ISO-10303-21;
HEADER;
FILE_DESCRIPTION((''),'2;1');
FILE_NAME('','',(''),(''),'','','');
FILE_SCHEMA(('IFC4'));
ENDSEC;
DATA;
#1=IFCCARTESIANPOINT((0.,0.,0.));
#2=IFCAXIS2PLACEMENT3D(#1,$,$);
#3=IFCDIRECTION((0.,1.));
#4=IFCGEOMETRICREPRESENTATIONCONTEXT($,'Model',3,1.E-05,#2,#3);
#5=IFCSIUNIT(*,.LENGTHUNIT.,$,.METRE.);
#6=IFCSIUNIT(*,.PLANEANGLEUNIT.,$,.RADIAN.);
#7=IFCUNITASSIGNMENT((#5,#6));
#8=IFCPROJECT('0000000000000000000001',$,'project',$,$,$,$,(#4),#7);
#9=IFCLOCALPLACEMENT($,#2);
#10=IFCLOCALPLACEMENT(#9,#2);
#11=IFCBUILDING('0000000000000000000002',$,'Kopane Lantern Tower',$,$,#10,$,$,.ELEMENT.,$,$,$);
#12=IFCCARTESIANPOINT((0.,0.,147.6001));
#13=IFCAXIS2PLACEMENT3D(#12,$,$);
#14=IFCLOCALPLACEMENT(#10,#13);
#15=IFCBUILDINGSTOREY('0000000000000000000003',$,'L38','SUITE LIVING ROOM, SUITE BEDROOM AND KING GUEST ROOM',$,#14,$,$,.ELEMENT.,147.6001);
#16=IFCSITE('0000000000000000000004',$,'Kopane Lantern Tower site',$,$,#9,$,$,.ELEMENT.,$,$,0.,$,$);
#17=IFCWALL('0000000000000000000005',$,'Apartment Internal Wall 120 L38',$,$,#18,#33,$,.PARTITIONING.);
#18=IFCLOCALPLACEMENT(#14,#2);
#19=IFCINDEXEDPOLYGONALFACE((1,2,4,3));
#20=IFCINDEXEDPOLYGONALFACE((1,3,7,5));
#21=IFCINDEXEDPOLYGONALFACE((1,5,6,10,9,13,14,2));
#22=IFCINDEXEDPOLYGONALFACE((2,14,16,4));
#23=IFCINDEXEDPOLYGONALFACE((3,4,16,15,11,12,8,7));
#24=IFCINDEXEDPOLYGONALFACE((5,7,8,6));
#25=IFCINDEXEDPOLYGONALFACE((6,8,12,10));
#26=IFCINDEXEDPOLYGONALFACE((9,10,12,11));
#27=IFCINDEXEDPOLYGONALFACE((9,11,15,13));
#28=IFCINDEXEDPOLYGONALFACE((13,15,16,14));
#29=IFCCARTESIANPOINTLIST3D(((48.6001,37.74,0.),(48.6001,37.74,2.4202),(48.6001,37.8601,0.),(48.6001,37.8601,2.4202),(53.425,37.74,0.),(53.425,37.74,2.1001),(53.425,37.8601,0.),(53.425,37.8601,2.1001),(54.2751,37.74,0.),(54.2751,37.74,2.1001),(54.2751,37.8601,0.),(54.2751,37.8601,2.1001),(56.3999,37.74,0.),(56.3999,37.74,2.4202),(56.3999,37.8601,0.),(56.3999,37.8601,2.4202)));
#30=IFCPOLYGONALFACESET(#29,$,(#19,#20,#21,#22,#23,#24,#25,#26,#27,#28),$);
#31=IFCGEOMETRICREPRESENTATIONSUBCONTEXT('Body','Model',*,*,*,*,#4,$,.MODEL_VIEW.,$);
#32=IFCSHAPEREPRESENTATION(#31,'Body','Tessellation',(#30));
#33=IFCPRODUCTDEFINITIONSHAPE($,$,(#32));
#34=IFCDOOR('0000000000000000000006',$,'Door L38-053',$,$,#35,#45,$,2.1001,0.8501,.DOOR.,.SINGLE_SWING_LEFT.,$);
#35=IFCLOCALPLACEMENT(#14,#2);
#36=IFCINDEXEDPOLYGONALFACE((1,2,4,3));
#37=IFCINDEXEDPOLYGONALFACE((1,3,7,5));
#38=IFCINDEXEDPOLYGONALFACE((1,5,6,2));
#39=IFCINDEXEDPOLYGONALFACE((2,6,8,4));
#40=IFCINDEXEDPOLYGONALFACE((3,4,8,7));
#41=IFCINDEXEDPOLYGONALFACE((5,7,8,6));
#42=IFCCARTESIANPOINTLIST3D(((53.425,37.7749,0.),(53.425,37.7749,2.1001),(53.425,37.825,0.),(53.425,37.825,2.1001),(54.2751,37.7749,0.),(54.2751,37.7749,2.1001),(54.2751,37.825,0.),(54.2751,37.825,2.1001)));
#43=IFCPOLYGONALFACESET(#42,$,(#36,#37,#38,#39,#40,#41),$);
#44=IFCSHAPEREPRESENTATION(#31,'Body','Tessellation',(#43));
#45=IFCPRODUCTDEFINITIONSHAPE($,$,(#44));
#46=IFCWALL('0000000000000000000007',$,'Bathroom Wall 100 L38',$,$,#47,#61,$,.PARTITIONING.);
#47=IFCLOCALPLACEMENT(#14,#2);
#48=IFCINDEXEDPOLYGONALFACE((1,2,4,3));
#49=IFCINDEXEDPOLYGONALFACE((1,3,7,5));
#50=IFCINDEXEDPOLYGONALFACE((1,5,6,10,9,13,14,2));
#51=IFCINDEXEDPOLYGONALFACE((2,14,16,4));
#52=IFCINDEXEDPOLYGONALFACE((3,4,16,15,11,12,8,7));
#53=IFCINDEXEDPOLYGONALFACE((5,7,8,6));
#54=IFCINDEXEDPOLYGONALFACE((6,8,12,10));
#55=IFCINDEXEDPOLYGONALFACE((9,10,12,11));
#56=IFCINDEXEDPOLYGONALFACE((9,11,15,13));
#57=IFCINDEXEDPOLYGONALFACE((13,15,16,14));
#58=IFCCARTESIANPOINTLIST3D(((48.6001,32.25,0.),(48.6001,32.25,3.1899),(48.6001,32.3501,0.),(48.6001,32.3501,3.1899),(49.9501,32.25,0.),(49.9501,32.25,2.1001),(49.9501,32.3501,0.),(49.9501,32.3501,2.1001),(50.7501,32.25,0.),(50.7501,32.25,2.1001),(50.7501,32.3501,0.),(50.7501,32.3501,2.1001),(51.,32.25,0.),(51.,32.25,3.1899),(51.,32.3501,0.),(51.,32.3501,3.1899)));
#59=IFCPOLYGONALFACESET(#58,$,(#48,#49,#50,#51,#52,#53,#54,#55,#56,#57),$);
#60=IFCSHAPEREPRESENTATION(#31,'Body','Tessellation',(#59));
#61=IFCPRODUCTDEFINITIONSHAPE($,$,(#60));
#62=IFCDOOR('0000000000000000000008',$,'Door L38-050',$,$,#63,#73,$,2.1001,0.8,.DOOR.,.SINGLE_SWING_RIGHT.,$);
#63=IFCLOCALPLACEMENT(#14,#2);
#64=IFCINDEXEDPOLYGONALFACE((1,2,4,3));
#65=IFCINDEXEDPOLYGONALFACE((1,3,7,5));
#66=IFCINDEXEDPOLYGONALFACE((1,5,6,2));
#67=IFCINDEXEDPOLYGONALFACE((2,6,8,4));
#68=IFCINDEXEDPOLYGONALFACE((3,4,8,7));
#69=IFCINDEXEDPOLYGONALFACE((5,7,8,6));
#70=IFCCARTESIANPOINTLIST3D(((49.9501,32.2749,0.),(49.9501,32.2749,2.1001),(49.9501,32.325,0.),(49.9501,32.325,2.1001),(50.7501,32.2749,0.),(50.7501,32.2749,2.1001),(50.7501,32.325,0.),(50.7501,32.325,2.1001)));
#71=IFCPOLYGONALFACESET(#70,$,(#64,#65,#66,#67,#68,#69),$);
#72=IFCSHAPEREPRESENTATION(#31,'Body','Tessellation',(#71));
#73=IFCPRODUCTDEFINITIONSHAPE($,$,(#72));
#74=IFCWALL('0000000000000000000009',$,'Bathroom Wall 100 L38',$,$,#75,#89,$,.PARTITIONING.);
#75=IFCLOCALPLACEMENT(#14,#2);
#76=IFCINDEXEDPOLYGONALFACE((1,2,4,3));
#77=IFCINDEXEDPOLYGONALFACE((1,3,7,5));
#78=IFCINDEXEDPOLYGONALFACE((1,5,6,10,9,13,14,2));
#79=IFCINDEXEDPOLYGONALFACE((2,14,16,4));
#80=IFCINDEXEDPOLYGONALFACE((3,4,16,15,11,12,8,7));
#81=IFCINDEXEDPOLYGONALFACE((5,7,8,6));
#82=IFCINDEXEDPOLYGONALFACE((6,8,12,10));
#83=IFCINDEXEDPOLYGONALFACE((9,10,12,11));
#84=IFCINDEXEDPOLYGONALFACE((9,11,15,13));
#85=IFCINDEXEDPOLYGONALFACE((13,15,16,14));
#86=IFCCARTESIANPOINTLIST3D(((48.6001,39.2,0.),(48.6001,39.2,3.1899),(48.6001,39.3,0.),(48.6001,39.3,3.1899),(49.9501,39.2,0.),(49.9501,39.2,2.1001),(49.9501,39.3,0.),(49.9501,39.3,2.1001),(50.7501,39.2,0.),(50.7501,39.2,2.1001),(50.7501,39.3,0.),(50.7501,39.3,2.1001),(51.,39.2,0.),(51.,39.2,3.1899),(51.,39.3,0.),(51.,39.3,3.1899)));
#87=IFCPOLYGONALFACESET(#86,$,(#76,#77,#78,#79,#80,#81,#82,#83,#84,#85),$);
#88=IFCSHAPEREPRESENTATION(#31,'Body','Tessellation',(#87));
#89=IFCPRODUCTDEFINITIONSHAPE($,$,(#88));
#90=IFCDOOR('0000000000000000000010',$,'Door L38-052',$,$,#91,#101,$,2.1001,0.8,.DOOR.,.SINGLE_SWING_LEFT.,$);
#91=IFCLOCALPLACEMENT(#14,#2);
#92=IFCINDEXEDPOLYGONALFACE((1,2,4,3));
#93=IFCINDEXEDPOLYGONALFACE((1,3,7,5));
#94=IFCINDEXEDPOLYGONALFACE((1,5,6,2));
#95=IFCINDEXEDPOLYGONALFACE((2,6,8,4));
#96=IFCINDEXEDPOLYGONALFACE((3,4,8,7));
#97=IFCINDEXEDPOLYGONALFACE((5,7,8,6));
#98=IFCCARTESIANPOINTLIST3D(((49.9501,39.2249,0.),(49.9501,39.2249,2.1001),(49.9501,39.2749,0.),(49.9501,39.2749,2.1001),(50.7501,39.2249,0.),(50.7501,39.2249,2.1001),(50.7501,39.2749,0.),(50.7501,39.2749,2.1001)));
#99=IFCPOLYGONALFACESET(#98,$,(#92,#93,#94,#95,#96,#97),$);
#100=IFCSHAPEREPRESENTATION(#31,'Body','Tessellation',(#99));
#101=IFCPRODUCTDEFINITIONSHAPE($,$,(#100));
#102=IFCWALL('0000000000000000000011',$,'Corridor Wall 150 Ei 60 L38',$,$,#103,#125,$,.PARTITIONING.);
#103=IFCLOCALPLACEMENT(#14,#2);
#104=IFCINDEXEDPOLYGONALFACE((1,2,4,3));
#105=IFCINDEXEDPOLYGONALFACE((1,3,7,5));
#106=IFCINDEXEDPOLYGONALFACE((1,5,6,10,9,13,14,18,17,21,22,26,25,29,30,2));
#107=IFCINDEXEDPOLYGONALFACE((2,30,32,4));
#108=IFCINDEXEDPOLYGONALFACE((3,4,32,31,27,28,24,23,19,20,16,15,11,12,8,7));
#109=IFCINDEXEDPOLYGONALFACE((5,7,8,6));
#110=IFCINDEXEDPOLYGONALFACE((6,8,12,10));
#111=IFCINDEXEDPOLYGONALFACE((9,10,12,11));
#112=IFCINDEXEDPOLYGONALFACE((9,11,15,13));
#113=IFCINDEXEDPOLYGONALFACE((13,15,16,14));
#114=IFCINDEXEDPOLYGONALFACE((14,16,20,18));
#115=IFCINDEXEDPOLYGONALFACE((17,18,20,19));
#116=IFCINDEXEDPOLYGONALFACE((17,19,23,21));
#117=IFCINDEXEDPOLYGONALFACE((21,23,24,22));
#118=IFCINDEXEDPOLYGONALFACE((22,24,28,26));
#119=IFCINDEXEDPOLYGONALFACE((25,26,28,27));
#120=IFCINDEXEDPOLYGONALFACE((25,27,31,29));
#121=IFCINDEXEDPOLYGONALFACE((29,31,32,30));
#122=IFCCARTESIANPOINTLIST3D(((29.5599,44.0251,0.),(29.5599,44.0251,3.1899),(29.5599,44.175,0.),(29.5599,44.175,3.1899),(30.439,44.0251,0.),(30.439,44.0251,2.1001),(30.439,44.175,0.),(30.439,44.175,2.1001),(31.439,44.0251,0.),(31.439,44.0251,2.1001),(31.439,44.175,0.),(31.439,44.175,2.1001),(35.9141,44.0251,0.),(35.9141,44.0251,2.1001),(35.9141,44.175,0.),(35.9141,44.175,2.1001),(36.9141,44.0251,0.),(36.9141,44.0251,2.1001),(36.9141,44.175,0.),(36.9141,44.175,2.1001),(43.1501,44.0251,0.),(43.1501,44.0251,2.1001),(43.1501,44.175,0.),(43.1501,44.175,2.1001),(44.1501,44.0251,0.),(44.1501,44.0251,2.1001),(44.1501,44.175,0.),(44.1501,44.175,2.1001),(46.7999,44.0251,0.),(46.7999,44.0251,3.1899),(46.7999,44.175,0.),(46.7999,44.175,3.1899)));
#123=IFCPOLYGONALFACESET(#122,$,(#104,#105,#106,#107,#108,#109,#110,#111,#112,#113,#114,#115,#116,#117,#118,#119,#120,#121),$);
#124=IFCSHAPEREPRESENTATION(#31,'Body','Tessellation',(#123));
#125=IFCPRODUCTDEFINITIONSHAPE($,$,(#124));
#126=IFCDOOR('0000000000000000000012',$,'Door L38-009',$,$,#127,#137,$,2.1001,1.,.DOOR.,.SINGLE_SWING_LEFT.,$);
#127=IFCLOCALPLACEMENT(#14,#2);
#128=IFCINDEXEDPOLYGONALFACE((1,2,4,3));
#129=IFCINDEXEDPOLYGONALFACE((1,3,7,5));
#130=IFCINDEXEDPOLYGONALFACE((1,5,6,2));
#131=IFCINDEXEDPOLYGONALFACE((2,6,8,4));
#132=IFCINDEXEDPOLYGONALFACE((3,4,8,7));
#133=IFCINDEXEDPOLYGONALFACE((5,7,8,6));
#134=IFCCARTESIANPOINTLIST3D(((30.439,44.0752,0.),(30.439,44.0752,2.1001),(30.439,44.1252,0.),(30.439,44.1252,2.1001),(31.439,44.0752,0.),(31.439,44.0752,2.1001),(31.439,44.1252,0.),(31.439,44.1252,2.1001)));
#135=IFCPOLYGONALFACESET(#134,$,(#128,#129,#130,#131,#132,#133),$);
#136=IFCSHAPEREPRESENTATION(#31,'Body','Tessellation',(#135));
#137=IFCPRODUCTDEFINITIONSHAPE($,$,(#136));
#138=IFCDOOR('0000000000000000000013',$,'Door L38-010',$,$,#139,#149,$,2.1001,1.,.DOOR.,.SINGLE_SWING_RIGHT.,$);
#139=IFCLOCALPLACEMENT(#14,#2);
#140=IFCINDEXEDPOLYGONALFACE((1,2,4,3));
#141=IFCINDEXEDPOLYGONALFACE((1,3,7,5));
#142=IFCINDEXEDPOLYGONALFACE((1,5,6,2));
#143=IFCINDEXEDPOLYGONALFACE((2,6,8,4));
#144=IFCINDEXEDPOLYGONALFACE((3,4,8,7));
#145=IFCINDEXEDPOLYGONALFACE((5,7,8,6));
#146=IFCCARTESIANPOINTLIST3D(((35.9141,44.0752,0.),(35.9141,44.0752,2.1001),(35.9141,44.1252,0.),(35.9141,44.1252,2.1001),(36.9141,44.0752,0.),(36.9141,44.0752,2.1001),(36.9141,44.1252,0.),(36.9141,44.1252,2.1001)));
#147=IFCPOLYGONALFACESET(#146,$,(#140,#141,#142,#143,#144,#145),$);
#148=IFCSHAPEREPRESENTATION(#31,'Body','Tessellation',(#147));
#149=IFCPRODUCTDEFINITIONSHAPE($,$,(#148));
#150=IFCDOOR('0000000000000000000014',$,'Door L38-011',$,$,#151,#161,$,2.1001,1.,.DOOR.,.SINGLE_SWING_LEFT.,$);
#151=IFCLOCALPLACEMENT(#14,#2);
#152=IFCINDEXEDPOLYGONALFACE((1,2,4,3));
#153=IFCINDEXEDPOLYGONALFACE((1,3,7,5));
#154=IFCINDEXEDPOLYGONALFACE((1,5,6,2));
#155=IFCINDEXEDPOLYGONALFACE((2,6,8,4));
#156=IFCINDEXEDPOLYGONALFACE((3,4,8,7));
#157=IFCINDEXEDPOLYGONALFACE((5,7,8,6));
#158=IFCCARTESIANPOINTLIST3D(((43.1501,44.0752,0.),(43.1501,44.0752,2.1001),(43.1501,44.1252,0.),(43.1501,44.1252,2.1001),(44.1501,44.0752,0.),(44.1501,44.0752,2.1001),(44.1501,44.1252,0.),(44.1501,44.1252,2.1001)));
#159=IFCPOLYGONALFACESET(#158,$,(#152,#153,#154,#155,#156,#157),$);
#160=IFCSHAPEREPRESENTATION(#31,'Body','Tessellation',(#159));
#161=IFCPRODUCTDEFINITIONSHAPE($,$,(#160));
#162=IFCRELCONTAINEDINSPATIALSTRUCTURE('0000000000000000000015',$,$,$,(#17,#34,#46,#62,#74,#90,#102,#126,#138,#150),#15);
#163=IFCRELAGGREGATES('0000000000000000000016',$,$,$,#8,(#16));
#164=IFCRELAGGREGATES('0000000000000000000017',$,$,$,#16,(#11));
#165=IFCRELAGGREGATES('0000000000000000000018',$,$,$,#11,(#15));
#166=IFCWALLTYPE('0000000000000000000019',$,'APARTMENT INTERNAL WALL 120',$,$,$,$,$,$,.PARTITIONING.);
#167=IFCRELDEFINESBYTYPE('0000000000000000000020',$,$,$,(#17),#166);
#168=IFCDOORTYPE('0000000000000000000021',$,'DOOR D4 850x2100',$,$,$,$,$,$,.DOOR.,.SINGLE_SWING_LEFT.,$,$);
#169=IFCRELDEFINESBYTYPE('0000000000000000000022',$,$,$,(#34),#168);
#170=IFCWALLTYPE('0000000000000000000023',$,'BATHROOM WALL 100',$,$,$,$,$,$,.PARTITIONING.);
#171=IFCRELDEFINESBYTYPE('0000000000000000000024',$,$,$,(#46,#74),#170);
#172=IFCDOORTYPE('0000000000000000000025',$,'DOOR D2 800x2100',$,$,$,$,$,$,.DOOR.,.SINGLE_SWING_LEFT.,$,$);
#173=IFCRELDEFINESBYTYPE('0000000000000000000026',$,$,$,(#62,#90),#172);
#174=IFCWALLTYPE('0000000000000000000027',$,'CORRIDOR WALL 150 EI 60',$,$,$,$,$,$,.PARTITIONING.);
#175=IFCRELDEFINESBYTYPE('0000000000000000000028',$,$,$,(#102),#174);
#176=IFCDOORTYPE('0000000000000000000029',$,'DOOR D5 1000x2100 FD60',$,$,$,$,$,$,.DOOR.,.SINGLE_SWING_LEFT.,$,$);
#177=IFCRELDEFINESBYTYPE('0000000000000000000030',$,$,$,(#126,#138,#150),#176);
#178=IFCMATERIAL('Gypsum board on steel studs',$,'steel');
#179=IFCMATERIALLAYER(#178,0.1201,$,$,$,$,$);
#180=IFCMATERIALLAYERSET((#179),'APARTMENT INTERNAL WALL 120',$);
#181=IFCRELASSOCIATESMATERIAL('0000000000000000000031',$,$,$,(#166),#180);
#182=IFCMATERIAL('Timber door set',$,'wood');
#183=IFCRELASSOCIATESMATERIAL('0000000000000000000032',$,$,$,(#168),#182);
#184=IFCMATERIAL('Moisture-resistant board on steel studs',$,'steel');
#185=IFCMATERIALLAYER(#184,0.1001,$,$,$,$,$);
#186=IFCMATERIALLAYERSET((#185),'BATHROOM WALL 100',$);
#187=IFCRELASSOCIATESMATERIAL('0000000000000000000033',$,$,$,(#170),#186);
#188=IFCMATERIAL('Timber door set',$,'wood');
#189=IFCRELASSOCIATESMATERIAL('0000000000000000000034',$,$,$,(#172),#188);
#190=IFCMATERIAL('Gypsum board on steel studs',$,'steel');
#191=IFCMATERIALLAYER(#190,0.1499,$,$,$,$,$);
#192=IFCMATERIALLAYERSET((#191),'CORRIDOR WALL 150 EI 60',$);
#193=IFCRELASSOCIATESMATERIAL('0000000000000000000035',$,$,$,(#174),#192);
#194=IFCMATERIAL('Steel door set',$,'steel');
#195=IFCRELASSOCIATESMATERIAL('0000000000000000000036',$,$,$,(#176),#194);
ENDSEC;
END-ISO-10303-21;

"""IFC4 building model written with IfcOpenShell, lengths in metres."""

from ifc_helpers import new_model, si_unit, direction, frame, frame_2d, origin, place, context, subcontext, project, spatial, rectangle, extrude, material, layer, layer_set, type_object, element, fill, save


model = new_model("IFC4")

# Units and contexts
model_context = context("Model", 3, precision=1e-05, world=origin(), true_north=direction((0.0, 1.0)))
body_context = subcontext(model_context, "Body", "Model", "MODEL_VIEW")
ifc_project = project(units=[si_unit("LENGTHUNIT", "METRE"), si_unit("PLANEANGLEUNIT", "RADIAN")], contexts=[model_context])

# Site, building, storey
site_placement = place(None, origin())
site = spatial("IfcSite", under=ifc_project, at=site_placement, Name="Kopane Lantern Tower site", CompositionType="ELEMENT", RefElevation=0.0)
building_placement = place(site_placement, origin())
building = spatial("IfcBuilding", under=site, at=building_placement, Name="Kopane Lantern Tower", CompositionType="ELEMENT")
storey_placement = place(building_placement, frame((0.0, 0.0, 147.6001)))
storey = spatial("IfcBuildingStorey", under=building, at=storey_placement, Name="L38", Description="SUITE LIVING ROOM, SUITE BEDROOM AND KING GUEST ROOM", CompositionType="ELEMENT", Elevation=147.6001)

# Walls, openings, doors
ifc_material_1 = material(Name="Gypsum board on steel studs", Category="steel")
ifc_layer_1 = layer(ifc_material_1, 0.1201)
ifc_layer_set_1 = layer_set([ifc_layer_1], Name="APARTMENT INTERNAL WALL 120")
wall_type_1 = type_object("IfcWallType", Name="APARTMENT INTERNAL WALL 120", PredefinedType="PARTITIONING", material=ifc_layer_set_1)
ifc_material_2 = material(Name="Timber door set", Category="wood")
door_type_1 = type_object("IfcDoorType", Name="DOOR D4 850x2100", OperationType="SINGLE_SWING_LEFT", PredefinedType="DOOR", material=ifc_material_2)
wall_1_placement = place(storey_placement, frame((48.6001, 37.8, 0.0), z_axis=(0.0, 0.0, 1.0), x_axis=(1.0, 0.0, 0.0)))
wall_1 = element("IfcWall", 1, at=wall_1_placement, inside=storey, type_object=wall_type_1, Name="Apartment Internal Wall 120 L38", PredefinedType="PARTITIONING", context=body_context, shape_type="SweptSolid", body=[
    extrude(rectangle(XDim=7.7998, YDim=0.1201, at=frame_2d((3.8999, 0.0))), origin(), (0.0, 0.0, 1.0), 2.4202),
])
opening_1_placement = place(wall_1_placement, frame((4.825, 0.0, 0.0)))
opening_1 = element("IfcOpeningElement", 2, at=opening_1_placement, cuts=wall_1, PredefinedType="OPENING", context=body_context, shape_type="SweptSolid", body=[
    extrude(rectangle(XDim=0.8501, YDim=2.1001, at=frame_2d((0.425, 1.05))), frame((0.0, 0.0701, 0.0), z_axis=(0.0, -1.0, 0.0), x_axis=(1.0, 0.0, 0.0)), (0.0, 0.0, 1.0), 0.1401),
])
door_1_placement = place(opening_1_placement, origin())
door_1 = element("IfcDoor", 3, at=door_1_placement, inside=storey, type_object=door_type_1, Name="Door L38-053", OperationType="SINGLE_SWING_LEFT", OverallHeight=2.1001, OverallWidth=0.8501, PredefinedType="DOOR", context=body_context, shape_type="SweptSolid", body=[
    extrude(rectangle(XDim=0.8501, YDim=2.1001, at=frame_2d((0.425, 1.05))), frame((0.0, 0.0249, 0.0), z_axis=(0.0, -1.0, 0.0), x_axis=(1.0, 0.0, 0.0)), (0.0, 0.0, 1.0), 0.05),
])
fill(opening_1, door_1)
ifc_material_3 = material(Name="Moisture-resistant board on steel studs", Category="steel")
ifc_layer_2 = layer(ifc_material_3, 0.1001)
ifc_layer_set_2 = layer_set([ifc_layer_2], Name="BATHROOM WALL 100")
wall_type_2 = type_object("IfcWallType", Name="BATHROOM WALL 100", PredefinedType="PARTITIONING", material=ifc_layer_set_2)
wall_2_placement = place(storey_placement, frame((48.6001, 32.3, 0.0), z_axis=(0.0, 0.0, 1.0), x_axis=(1.0, 0.0, 0.0)))
wall_2 = element("IfcWall", 4, at=wall_2_placement, inside=storey, type_object=wall_type_2, Name="Bathroom Wall 100 L38", PredefinedType="PARTITIONING", context=body_context, shape_type="SweptSolid", body=[
    extrude(rectangle(XDim=2.3999, YDim=0.1001, at=frame_2d((1.2, 0.0))), origin(), (0.0, 0.0, 1.0), 3.1899),
])
opening_2_placement = place(wall_2_placement, frame((1.3501, 0.0, 0.0)))
opening_2 = element("IfcOpeningElement", 5, at=opening_2_placement, cuts=wall_2, PredefinedType="OPENING", context=body_context, shape_type="SweptSolid", body=[
    extrude(rectangle(XDim=0.8, YDim=2.1001, at=frame_2d((0.3999, 1.05))), frame((0.0, 0.0601, 0.0), z_axis=(0.0, -1.0, 0.0), x_axis=(1.0, 0.0, 0.0)), (0.0, 0.0, 1.0), 0.1201),
])
ifc_material_4 = material(Name="Timber door set", Category="wood")
door_type_2 = type_object("IfcDoorType", Name="DOOR D2 800x2100", OperationType="SINGLE_SWING_LEFT", PredefinedType="DOOR", material=ifc_material_4)
door_2_placement = place(opening_2_placement, origin())
door_2 = element("IfcDoor", 6, at=door_2_placement, inside=storey, type_object=door_type_2, Name="Door L38-050", OperationType="SINGLE_SWING_RIGHT", OverallHeight=2.1001, OverallWidth=0.8, PredefinedType="DOOR", context=body_context, shape_type="SweptSolid", body=[
    extrude(rectangle(XDim=0.8, YDim=2.1001, at=frame_2d((0.3999, 1.05))), frame((0.0, 0.0249, 0.0), z_axis=(0.0, -1.0, 0.0), x_axis=(1.0, 0.0, 0.0)), (0.0, 0.0, 1.0), 0.05),
])
fill(opening_2, door_2)
wall_3_placement = place(storey_placement, frame((48.6001, 39.25, 0.0), z_axis=(0.0, 0.0, 1.0), x_axis=(1.0, 0.0, 0.0)))
wall_3 = element("IfcWall", 7, at=wall_3_placement, inside=storey, type_object=wall_type_2, Name="Bathroom Wall 100 L38", PredefinedType="PARTITIONING", context=body_context, shape_type="SweptSolid", body=[
    extrude(rectangle(XDim=2.3999, YDim=0.1001, at=frame_2d((1.2, 0.0))), origin(), (0.0, 0.0, 1.0), 3.1899),
])
opening_3_placement = place(wall_3_placement, frame((1.3501, 0.0, 0.0)))
opening_3 = element("IfcOpeningElement", 8, at=opening_3_placement, cuts=wall_3, PredefinedType="OPENING", context=body_context, shape_type="SweptSolid", body=[
    extrude(rectangle(XDim=0.8, YDim=2.1001, at=frame_2d((0.3999, 1.05))), frame((0.0, 0.0601, 0.0), z_axis=(0.0, -1.0, 0.0), x_axis=(1.0, 0.0, 0.0)), (0.0, 0.0, 1.0), 0.1201),
])
door_3_placement = place(opening_3_placement, origin())
door_3 = element("IfcDoor", 9, at=door_3_placement, inside=storey, type_object=door_type_2, Name="Door L38-052", OperationType="SINGLE_SWING_LEFT", OverallHeight=2.1001, OverallWidth=0.8, PredefinedType="DOOR", context=body_context, shape_type="SweptSolid", body=[
    extrude(rectangle(XDim=0.8, YDim=2.1001, at=frame_2d((0.3999, 1.05))), frame((0.0, 0.0249, 0.0), z_axis=(0.0, -1.0, 0.0), x_axis=(1.0, 0.0, 0.0)), (0.0, 0.0, 1.0), 0.05),
])
fill(opening_3, door_3)

# Wall, openings, doors
ifc_material_5 = material(Name="Gypsum board on steel studs", Category="steel")
ifc_layer_3 = layer(ifc_material_5, 0.1499)
ifc_layer_set_3 = layer_set([ifc_layer_3], Name="CORRIDOR WALL 150 EI 60")
wall_type_3 = type_object("IfcWallType", Name="CORRIDOR WALL 150 EI 60", PredefinedType="PARTITIONING", material=ifc_layer_set_3)
wall_4_placement = place(storey_placement, frame((46.8, 44.1001, 0.0), z_axis=(0.0, 0.0, 1.0), x_axis=(-1.0, 0.0, 0.0)))
wall_4 = element("IfcWall", 10, at=wall_4_placement, inside=storey, type_object=wall_type_3, Name="Corridor Wall 150 Ei 60 L38", PredefinedType="PARTITIONING", context=body_context, shape_type="SweptSolid", body=[
    extrude(rectangle(XDim=17.24, YDim=0.1499, at=frame_2d((8.6201, 0.0))), origin(), (0.0, 0.0, 1.0), 3.1899),
])
opening_4_placement = place(wall_4_placement, frame((15.3611, 0.0, 0.0)))
opening_4 = element("IfcOpeningElement", 11, at=opening_4_placement, cuts=wall_4, PredefinedType="OPENING", context=body_context, shape_type="SweptSolid", body=[
    extrude(rectangle(XDim=1.0, YDim=2.1001, at=frame_2d((0.5, 1.05))), frame((0.0, 0.085, 0.0), z_axis=(0.0, -1.0, 0.0), x_axis=(1.0, 0.0, 0.0)), (0.0, 0.0, 1.0), 0.1699),
])
opening_5_placement = place(wall_4_placement, frame((9.886, 0.0, 0.0)))
opening_5 = element("IfcOpeningElement", 12, at=opening_5_placement, cuts=wall_4, PredefinedType="OPENING", context=body_context, shape_type="SweptSolid", body=[
    extrude(rectangle(XDim=1.0, YDim=2.1001, at=frame_2d((0.5, 1.05))), frame((0.0, 0.085, 0.0), z_axis=(0.0, -1.0, 0.0), x_axis=(1.0, 0.0, 0.0)), (0.0, 0.0, 1.0), 0.1699),
])
opening_6_placement = place(wall_4_placement, frame((2.6499, 0.0, 0.0)))
opening_6 = element("IfcOpeningElement", 13, at=opening_6_placement, cuts=wall_4, PredefinedType="OPENING", context=body_context, shape_type="SweptSolid", body=[
    extrude(rectangle(XDim=1.0, YDim=2.1001, at=frame_2d((0.5, 1.05))), frame((0.0, 0.085, 0.0), z_axis=(0.0, -1.0, 0.0), x_axis=(1.0, 0.0, 0.0)), (0.0, 0.0, 1.0), 0.1699),
])
ifc_material_6 = material(Name="Steel door set", Category="steel")
door_type_3 = type_object("IfcDoorType", Name="DOOR D5 1000x2100 FD60", OperationType="SINGLE_SWING_LEFT", PredefinedType="DOOR", material=ifc_material_6)
door_4_placement = place(opening_4_placement, origin())
door_4 = element("IfcDoor", 14, at=door_4_placement, inside=storey, type_object=door_type_3, Name="Door L38-009", OperationType="SINGLE_SWING_LEFT", OverallHeight=2.1001, OverallWidth=1.0, PredefinedType="DOOR", context=body_context, shape_type="SweptSolid", body=[
    extrude(rectangle(XDim=1.0, YDim=2.1001, at=frame_2d((0.5, 1.05))), frame((0.0, 0.0249, 0.0), z_axis=(0.0, -1.0, 0.0), x_axis=(1.0, 0.0, 0.0)), (0.0, 0.0, 1.0), 0.05),
])
fill(opening_4, door_4)
door_5_placement = place(opening_5_placement, origin())
door_5 = element("IfcDoor", 15, at=door_5_placement, inside=storey, type_object=door_type_3, Name="Door L38-010", OperationType="SINGLE_SWING_RIGHT", OverallHeight=2.1001, OverallWidth=1.0, PredefinedType="DOOR", context=body_context, shape_type="SweptSolid", body=[
    extrude(rectangle(XDim=1.0, YDim=2.1001, at=frame_2d((0.5, 1.05))), frame((0.0, 0.0249, 0.0), z_axis=(0.0, -1.0, 0.0), x_axis=(1.0, 0.0, 0.0)), (0.0, 0.0, 1.0), 0.05),
])
fill(opening_5, door_5)
door_6_placement = place(opening_6_placement, origin())
door_6 = element("IfcDoor", 16, at=door_6_placement, inside=storey, type_object=door_type_3, Name="Door L38-011", OperationType="SINGLE_SWING_LEFT", OverallHeight=2.1001, OverallWidth=1.0, PredefinedType="DOOR", context=body_context, shape_type="SweptSolid", body=[
    extrude(rectangle(XDim=1.0, YDim=2.1001, at=frame_2d((0.5, 1.05))), frame((0.0, 0.0249, 0.0), z_axis=(0.0, -1.0, 0.0), x_axis=(1.0, 0.0, 0.0)), (0.0, 0.0, 1.0), 0.05),
])
fill(opening_6, door_6)

save(model, "model.ifc")
